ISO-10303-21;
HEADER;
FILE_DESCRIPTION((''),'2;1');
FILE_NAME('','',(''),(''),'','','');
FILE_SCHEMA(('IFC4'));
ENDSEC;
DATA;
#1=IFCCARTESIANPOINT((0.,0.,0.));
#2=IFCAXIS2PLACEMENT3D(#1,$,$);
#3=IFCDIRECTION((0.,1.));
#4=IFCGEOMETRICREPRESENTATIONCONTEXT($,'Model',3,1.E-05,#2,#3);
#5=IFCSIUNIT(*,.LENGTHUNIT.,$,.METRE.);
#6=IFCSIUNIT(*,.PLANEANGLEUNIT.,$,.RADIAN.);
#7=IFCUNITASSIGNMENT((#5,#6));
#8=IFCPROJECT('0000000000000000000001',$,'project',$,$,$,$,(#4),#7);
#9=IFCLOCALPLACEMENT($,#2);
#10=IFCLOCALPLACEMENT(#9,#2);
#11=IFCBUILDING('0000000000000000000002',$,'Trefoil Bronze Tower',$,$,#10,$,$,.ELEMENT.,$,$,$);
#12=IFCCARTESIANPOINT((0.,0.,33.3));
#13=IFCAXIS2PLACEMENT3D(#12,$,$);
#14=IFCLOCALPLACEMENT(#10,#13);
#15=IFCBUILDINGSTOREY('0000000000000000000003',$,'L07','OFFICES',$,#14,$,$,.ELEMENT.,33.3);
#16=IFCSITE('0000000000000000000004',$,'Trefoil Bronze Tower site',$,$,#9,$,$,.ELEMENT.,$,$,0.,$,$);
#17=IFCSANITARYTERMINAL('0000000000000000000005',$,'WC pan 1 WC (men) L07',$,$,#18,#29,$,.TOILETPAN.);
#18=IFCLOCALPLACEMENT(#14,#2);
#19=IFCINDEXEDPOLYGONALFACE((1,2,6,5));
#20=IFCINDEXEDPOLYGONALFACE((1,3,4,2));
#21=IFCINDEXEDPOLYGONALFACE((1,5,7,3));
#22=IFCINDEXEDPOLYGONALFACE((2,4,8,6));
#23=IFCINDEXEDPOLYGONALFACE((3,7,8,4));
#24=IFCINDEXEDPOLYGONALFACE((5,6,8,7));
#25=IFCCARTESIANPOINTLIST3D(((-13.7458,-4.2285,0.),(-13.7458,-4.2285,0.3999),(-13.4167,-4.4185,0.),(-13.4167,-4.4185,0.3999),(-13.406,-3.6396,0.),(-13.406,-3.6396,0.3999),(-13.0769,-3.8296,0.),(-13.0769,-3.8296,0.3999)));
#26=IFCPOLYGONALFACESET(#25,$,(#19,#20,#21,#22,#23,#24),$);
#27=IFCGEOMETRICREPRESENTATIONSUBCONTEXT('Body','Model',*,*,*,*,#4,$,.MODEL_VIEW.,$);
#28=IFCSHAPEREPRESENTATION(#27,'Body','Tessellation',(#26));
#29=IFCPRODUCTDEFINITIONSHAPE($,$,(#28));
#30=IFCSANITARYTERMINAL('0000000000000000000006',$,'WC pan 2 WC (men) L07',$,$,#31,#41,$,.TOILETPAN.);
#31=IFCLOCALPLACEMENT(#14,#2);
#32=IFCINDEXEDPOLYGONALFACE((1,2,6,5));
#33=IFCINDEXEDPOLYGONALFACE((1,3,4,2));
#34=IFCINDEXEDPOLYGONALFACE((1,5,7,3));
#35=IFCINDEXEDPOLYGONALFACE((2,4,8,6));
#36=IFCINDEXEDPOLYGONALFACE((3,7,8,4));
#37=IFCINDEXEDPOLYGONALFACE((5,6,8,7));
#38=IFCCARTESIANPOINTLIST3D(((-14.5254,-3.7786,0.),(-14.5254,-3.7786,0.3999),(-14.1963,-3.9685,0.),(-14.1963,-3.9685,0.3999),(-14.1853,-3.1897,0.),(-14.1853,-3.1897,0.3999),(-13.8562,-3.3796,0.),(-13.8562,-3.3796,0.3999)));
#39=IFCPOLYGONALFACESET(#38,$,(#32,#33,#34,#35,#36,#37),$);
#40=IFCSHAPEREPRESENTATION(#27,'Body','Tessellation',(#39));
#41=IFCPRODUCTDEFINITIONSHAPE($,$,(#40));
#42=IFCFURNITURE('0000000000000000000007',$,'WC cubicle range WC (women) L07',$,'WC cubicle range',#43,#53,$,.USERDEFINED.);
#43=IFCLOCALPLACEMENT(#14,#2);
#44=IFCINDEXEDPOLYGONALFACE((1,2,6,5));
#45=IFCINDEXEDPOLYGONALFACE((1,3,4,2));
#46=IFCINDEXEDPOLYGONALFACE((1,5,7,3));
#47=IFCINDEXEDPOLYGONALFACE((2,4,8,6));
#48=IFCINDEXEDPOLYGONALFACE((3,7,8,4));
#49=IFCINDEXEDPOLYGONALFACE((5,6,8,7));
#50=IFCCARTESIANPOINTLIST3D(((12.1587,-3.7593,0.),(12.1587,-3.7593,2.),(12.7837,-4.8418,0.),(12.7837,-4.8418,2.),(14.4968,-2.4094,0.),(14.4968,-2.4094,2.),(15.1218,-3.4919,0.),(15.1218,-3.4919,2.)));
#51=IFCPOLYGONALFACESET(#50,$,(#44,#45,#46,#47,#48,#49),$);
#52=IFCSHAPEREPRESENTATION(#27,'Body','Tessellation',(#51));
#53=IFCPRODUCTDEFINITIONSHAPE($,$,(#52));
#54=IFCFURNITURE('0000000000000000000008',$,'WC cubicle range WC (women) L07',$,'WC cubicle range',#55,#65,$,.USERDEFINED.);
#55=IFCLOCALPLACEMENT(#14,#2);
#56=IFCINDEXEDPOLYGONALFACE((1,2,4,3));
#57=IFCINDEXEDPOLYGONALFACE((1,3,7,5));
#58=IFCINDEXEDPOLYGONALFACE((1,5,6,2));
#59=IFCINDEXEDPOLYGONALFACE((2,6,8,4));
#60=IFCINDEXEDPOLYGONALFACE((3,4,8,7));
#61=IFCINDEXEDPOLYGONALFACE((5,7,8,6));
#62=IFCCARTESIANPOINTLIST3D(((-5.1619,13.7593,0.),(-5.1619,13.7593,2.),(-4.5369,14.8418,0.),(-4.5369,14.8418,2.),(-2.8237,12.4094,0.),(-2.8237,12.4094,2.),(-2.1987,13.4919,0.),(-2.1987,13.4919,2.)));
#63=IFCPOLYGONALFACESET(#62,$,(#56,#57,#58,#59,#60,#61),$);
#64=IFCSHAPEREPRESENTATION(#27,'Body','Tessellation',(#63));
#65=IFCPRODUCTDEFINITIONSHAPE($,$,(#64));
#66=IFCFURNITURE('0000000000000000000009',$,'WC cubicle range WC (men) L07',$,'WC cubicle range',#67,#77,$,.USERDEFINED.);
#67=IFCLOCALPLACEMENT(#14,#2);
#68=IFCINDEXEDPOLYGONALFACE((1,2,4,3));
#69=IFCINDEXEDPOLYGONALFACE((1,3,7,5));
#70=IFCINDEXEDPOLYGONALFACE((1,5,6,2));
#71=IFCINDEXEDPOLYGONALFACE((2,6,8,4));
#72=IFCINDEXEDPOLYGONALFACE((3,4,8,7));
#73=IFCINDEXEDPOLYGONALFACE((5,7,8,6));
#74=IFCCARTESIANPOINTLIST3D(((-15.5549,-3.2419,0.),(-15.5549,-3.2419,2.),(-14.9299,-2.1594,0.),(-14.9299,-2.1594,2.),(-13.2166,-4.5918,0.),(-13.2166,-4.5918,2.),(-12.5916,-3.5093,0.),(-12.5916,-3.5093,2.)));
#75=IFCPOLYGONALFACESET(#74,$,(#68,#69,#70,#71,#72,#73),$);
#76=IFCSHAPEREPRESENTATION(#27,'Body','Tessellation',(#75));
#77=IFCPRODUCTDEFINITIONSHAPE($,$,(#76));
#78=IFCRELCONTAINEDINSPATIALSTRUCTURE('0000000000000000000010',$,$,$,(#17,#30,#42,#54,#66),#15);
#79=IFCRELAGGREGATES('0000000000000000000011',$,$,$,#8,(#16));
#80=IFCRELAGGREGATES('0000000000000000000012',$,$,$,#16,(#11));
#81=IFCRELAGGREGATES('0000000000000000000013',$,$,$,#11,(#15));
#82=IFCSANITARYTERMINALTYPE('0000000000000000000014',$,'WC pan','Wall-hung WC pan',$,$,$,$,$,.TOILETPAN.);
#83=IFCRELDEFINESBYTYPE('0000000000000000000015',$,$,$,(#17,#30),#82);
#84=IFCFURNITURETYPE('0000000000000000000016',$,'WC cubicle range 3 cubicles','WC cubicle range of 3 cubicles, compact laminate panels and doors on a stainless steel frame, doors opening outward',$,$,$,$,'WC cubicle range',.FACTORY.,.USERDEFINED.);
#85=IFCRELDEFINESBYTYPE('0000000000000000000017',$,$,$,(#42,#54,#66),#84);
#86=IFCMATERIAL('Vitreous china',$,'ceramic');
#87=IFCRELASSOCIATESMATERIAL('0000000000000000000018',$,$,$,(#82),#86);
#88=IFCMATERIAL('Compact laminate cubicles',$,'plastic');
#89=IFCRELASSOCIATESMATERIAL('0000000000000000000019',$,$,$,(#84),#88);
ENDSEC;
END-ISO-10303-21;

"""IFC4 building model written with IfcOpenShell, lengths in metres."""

from ifc_helpers import new_model, si_unit, direction, frame, origin, place, context, subcontext, project, spatial, polyline, outline, extrude, material, type_object, element, save


model = new_model("IFC4")

# Units and contexts
model_context = context("Model", 3, precision=1e-05, world=origin(), true_north=direction((0.0, 1.0)))
body_context = subcontext(model_context, "Body", "Model", "MODEL_VIEW")
ifc_project = project(units=[si_unit("LENGTHUNIT", "METRE"), si_unit("PLANEANGLEUNIT", "RADIAN")], contexts=[model_context])

# Site, building, storey
site_placement = place(None, origin())
site = spatial("IfcSite", under=ifc_project, at=site_placement, Name="Trefoil Bronze Tower site", CompositionType="ELEMENT", RefElevation=0.0)
building_placement = place(site_placement, origin())
building = spatial("IfcBuilding", under=site, at=building_placement, Name="Trefoil Bronze Tower", CompositionType="ELEMENT")
storey_placement = place(building_placement, frame((0.0, 0.0, 33.3)))
storey = spatial("IfcBuildingStorey", under=building, at=storey_placement, Name="L07", Description="OFFICES", CompositionType="ELEMENT", Elevation=33.3)

# Sanitary terminals
ifc_material_1 = material(Name="Vitreous china", Category="ceramic")
sanitary_terminal_type_1 = type_object("IfcSanitaryTerminalType", Name="WC pan", Description="Wall-hung WC pan", PredefinedType="TOILETPAN", material=ifc_material_1)
sanitary_terminal_1_placement = place(storey_placement, origin())
element("IfcSanitaryTerminal", 1, at=sanitary_terminal_1_placement, inside=storey, type_object=sanitary_terminal_type_1, Name="WC pan 1 WC (men) L07", PredefinedType="TOILETPAN", context=body_context, shape_type="SweptSolid", body=[
    extrude(outline(polyline([(-13.0769, -3.8296), (-13.4167, -4.4185), (-13.7458, -4.2285), (-13.406, -3.6396), (-13.0769, -3.8296)])), origin(), (0.0, 0.0, 1.0), 0.3999),
])
sanitary_terminal_2_placement = place(storey_placement, origin())
element("IfcSanitaryTerminal", 2, at=sanitary_terminal_2_placement, inside=storey, type_object=sanitary_terminal_type_1, Name="WC pan 2 WC (men) L07", PredefinedType="TOILETPAN", context=body_context, shape_type="SweptSolid", body=[
    extrude(outline(polyline([(-13.8562, -3.3796), (-14.1963, -3.9685), (-14.5254, -3.7786), (-14.1853, -3.1897), (-13.8562, -3.3796)])), origin(), (0.0, 0.0, 1.0), 0.3999),
])

# Furniture
ifc_material_2 = material(Name="Compact laminate cubicles", Category="plastic")
furniture_type = type_object("IfcFurnitureType", Name="WC cubicle range 3 cubicles", Description="WC cubicle range of 3 cubicles, compact laminate panels and doors on a stainless steel frame, doors opening outward", ElementType="WC cubicle range", AssemblyPlace="FACTORY", PredefinedType="USERDEFINED", material=ifc_material_2)
furniture_1_placement = place(storey_placement, origin())
element("IfcFurniture", 3, at=furniture_1_placement, inside=storey, type_object=furniture_type, Name="WC cubicle range WC (women) L07", ObjectType="WC cubicle range", PredefinedType="USERDEFINED", context=body_context, shape_type="SweptSolid", body=[
    extrude(outline(polyline([(12.1587, -3.7593), (12.7837, -4.8418), (15.1218, -3.4919), (14.4968, -2.4094), (12.1587, -3.7593)])), origin(), (0.0, 0.0, 1.0), 2.0),
])
furniture_2_placement = place(storey_placement, origin())
element("IfcFurniture", 4, at=furniture_2_placement, inside=storey, type_object=furniture_type, Name="WC cubicle range WC (women) L07", ObjectType="WC cubicle range", PredefinedType="USERDEFINED", context=body_context, shape_type="SweptSolid", body=[
    extrude(outline(polyline([(-2.8237, 12.4094), (-2.1987, 13.4919), (-4.5369, 14.8418), (-5.1619, 13.7593), (-2.8237, 12.4094)])), origin(), (0.0, 0.0, 1.0), 2.0),
])
furniture_3_placement = place(storey_placement, origin())
element("IfcFurniture", 5, at=furniture_3_placement, inside=storey, type_object=furniture_type, Name="WC cubicle range WC (men) L07", ObjectType="WC cubicle range", PredefinedType="USERDEFINED", context=body_context, shape_type="SweptSolid", body=[
    extrude(outline(polyline([(-12.5916, -3.5093), (-13.2166, -4.5918), (-15.5549, -3.2419), (-14.9299, -2.1594), (-12.5916, -3.5093)])), origin(), (0.0, 0.0, 1.0), 2.0),
])

save(model, "model.ifc")
